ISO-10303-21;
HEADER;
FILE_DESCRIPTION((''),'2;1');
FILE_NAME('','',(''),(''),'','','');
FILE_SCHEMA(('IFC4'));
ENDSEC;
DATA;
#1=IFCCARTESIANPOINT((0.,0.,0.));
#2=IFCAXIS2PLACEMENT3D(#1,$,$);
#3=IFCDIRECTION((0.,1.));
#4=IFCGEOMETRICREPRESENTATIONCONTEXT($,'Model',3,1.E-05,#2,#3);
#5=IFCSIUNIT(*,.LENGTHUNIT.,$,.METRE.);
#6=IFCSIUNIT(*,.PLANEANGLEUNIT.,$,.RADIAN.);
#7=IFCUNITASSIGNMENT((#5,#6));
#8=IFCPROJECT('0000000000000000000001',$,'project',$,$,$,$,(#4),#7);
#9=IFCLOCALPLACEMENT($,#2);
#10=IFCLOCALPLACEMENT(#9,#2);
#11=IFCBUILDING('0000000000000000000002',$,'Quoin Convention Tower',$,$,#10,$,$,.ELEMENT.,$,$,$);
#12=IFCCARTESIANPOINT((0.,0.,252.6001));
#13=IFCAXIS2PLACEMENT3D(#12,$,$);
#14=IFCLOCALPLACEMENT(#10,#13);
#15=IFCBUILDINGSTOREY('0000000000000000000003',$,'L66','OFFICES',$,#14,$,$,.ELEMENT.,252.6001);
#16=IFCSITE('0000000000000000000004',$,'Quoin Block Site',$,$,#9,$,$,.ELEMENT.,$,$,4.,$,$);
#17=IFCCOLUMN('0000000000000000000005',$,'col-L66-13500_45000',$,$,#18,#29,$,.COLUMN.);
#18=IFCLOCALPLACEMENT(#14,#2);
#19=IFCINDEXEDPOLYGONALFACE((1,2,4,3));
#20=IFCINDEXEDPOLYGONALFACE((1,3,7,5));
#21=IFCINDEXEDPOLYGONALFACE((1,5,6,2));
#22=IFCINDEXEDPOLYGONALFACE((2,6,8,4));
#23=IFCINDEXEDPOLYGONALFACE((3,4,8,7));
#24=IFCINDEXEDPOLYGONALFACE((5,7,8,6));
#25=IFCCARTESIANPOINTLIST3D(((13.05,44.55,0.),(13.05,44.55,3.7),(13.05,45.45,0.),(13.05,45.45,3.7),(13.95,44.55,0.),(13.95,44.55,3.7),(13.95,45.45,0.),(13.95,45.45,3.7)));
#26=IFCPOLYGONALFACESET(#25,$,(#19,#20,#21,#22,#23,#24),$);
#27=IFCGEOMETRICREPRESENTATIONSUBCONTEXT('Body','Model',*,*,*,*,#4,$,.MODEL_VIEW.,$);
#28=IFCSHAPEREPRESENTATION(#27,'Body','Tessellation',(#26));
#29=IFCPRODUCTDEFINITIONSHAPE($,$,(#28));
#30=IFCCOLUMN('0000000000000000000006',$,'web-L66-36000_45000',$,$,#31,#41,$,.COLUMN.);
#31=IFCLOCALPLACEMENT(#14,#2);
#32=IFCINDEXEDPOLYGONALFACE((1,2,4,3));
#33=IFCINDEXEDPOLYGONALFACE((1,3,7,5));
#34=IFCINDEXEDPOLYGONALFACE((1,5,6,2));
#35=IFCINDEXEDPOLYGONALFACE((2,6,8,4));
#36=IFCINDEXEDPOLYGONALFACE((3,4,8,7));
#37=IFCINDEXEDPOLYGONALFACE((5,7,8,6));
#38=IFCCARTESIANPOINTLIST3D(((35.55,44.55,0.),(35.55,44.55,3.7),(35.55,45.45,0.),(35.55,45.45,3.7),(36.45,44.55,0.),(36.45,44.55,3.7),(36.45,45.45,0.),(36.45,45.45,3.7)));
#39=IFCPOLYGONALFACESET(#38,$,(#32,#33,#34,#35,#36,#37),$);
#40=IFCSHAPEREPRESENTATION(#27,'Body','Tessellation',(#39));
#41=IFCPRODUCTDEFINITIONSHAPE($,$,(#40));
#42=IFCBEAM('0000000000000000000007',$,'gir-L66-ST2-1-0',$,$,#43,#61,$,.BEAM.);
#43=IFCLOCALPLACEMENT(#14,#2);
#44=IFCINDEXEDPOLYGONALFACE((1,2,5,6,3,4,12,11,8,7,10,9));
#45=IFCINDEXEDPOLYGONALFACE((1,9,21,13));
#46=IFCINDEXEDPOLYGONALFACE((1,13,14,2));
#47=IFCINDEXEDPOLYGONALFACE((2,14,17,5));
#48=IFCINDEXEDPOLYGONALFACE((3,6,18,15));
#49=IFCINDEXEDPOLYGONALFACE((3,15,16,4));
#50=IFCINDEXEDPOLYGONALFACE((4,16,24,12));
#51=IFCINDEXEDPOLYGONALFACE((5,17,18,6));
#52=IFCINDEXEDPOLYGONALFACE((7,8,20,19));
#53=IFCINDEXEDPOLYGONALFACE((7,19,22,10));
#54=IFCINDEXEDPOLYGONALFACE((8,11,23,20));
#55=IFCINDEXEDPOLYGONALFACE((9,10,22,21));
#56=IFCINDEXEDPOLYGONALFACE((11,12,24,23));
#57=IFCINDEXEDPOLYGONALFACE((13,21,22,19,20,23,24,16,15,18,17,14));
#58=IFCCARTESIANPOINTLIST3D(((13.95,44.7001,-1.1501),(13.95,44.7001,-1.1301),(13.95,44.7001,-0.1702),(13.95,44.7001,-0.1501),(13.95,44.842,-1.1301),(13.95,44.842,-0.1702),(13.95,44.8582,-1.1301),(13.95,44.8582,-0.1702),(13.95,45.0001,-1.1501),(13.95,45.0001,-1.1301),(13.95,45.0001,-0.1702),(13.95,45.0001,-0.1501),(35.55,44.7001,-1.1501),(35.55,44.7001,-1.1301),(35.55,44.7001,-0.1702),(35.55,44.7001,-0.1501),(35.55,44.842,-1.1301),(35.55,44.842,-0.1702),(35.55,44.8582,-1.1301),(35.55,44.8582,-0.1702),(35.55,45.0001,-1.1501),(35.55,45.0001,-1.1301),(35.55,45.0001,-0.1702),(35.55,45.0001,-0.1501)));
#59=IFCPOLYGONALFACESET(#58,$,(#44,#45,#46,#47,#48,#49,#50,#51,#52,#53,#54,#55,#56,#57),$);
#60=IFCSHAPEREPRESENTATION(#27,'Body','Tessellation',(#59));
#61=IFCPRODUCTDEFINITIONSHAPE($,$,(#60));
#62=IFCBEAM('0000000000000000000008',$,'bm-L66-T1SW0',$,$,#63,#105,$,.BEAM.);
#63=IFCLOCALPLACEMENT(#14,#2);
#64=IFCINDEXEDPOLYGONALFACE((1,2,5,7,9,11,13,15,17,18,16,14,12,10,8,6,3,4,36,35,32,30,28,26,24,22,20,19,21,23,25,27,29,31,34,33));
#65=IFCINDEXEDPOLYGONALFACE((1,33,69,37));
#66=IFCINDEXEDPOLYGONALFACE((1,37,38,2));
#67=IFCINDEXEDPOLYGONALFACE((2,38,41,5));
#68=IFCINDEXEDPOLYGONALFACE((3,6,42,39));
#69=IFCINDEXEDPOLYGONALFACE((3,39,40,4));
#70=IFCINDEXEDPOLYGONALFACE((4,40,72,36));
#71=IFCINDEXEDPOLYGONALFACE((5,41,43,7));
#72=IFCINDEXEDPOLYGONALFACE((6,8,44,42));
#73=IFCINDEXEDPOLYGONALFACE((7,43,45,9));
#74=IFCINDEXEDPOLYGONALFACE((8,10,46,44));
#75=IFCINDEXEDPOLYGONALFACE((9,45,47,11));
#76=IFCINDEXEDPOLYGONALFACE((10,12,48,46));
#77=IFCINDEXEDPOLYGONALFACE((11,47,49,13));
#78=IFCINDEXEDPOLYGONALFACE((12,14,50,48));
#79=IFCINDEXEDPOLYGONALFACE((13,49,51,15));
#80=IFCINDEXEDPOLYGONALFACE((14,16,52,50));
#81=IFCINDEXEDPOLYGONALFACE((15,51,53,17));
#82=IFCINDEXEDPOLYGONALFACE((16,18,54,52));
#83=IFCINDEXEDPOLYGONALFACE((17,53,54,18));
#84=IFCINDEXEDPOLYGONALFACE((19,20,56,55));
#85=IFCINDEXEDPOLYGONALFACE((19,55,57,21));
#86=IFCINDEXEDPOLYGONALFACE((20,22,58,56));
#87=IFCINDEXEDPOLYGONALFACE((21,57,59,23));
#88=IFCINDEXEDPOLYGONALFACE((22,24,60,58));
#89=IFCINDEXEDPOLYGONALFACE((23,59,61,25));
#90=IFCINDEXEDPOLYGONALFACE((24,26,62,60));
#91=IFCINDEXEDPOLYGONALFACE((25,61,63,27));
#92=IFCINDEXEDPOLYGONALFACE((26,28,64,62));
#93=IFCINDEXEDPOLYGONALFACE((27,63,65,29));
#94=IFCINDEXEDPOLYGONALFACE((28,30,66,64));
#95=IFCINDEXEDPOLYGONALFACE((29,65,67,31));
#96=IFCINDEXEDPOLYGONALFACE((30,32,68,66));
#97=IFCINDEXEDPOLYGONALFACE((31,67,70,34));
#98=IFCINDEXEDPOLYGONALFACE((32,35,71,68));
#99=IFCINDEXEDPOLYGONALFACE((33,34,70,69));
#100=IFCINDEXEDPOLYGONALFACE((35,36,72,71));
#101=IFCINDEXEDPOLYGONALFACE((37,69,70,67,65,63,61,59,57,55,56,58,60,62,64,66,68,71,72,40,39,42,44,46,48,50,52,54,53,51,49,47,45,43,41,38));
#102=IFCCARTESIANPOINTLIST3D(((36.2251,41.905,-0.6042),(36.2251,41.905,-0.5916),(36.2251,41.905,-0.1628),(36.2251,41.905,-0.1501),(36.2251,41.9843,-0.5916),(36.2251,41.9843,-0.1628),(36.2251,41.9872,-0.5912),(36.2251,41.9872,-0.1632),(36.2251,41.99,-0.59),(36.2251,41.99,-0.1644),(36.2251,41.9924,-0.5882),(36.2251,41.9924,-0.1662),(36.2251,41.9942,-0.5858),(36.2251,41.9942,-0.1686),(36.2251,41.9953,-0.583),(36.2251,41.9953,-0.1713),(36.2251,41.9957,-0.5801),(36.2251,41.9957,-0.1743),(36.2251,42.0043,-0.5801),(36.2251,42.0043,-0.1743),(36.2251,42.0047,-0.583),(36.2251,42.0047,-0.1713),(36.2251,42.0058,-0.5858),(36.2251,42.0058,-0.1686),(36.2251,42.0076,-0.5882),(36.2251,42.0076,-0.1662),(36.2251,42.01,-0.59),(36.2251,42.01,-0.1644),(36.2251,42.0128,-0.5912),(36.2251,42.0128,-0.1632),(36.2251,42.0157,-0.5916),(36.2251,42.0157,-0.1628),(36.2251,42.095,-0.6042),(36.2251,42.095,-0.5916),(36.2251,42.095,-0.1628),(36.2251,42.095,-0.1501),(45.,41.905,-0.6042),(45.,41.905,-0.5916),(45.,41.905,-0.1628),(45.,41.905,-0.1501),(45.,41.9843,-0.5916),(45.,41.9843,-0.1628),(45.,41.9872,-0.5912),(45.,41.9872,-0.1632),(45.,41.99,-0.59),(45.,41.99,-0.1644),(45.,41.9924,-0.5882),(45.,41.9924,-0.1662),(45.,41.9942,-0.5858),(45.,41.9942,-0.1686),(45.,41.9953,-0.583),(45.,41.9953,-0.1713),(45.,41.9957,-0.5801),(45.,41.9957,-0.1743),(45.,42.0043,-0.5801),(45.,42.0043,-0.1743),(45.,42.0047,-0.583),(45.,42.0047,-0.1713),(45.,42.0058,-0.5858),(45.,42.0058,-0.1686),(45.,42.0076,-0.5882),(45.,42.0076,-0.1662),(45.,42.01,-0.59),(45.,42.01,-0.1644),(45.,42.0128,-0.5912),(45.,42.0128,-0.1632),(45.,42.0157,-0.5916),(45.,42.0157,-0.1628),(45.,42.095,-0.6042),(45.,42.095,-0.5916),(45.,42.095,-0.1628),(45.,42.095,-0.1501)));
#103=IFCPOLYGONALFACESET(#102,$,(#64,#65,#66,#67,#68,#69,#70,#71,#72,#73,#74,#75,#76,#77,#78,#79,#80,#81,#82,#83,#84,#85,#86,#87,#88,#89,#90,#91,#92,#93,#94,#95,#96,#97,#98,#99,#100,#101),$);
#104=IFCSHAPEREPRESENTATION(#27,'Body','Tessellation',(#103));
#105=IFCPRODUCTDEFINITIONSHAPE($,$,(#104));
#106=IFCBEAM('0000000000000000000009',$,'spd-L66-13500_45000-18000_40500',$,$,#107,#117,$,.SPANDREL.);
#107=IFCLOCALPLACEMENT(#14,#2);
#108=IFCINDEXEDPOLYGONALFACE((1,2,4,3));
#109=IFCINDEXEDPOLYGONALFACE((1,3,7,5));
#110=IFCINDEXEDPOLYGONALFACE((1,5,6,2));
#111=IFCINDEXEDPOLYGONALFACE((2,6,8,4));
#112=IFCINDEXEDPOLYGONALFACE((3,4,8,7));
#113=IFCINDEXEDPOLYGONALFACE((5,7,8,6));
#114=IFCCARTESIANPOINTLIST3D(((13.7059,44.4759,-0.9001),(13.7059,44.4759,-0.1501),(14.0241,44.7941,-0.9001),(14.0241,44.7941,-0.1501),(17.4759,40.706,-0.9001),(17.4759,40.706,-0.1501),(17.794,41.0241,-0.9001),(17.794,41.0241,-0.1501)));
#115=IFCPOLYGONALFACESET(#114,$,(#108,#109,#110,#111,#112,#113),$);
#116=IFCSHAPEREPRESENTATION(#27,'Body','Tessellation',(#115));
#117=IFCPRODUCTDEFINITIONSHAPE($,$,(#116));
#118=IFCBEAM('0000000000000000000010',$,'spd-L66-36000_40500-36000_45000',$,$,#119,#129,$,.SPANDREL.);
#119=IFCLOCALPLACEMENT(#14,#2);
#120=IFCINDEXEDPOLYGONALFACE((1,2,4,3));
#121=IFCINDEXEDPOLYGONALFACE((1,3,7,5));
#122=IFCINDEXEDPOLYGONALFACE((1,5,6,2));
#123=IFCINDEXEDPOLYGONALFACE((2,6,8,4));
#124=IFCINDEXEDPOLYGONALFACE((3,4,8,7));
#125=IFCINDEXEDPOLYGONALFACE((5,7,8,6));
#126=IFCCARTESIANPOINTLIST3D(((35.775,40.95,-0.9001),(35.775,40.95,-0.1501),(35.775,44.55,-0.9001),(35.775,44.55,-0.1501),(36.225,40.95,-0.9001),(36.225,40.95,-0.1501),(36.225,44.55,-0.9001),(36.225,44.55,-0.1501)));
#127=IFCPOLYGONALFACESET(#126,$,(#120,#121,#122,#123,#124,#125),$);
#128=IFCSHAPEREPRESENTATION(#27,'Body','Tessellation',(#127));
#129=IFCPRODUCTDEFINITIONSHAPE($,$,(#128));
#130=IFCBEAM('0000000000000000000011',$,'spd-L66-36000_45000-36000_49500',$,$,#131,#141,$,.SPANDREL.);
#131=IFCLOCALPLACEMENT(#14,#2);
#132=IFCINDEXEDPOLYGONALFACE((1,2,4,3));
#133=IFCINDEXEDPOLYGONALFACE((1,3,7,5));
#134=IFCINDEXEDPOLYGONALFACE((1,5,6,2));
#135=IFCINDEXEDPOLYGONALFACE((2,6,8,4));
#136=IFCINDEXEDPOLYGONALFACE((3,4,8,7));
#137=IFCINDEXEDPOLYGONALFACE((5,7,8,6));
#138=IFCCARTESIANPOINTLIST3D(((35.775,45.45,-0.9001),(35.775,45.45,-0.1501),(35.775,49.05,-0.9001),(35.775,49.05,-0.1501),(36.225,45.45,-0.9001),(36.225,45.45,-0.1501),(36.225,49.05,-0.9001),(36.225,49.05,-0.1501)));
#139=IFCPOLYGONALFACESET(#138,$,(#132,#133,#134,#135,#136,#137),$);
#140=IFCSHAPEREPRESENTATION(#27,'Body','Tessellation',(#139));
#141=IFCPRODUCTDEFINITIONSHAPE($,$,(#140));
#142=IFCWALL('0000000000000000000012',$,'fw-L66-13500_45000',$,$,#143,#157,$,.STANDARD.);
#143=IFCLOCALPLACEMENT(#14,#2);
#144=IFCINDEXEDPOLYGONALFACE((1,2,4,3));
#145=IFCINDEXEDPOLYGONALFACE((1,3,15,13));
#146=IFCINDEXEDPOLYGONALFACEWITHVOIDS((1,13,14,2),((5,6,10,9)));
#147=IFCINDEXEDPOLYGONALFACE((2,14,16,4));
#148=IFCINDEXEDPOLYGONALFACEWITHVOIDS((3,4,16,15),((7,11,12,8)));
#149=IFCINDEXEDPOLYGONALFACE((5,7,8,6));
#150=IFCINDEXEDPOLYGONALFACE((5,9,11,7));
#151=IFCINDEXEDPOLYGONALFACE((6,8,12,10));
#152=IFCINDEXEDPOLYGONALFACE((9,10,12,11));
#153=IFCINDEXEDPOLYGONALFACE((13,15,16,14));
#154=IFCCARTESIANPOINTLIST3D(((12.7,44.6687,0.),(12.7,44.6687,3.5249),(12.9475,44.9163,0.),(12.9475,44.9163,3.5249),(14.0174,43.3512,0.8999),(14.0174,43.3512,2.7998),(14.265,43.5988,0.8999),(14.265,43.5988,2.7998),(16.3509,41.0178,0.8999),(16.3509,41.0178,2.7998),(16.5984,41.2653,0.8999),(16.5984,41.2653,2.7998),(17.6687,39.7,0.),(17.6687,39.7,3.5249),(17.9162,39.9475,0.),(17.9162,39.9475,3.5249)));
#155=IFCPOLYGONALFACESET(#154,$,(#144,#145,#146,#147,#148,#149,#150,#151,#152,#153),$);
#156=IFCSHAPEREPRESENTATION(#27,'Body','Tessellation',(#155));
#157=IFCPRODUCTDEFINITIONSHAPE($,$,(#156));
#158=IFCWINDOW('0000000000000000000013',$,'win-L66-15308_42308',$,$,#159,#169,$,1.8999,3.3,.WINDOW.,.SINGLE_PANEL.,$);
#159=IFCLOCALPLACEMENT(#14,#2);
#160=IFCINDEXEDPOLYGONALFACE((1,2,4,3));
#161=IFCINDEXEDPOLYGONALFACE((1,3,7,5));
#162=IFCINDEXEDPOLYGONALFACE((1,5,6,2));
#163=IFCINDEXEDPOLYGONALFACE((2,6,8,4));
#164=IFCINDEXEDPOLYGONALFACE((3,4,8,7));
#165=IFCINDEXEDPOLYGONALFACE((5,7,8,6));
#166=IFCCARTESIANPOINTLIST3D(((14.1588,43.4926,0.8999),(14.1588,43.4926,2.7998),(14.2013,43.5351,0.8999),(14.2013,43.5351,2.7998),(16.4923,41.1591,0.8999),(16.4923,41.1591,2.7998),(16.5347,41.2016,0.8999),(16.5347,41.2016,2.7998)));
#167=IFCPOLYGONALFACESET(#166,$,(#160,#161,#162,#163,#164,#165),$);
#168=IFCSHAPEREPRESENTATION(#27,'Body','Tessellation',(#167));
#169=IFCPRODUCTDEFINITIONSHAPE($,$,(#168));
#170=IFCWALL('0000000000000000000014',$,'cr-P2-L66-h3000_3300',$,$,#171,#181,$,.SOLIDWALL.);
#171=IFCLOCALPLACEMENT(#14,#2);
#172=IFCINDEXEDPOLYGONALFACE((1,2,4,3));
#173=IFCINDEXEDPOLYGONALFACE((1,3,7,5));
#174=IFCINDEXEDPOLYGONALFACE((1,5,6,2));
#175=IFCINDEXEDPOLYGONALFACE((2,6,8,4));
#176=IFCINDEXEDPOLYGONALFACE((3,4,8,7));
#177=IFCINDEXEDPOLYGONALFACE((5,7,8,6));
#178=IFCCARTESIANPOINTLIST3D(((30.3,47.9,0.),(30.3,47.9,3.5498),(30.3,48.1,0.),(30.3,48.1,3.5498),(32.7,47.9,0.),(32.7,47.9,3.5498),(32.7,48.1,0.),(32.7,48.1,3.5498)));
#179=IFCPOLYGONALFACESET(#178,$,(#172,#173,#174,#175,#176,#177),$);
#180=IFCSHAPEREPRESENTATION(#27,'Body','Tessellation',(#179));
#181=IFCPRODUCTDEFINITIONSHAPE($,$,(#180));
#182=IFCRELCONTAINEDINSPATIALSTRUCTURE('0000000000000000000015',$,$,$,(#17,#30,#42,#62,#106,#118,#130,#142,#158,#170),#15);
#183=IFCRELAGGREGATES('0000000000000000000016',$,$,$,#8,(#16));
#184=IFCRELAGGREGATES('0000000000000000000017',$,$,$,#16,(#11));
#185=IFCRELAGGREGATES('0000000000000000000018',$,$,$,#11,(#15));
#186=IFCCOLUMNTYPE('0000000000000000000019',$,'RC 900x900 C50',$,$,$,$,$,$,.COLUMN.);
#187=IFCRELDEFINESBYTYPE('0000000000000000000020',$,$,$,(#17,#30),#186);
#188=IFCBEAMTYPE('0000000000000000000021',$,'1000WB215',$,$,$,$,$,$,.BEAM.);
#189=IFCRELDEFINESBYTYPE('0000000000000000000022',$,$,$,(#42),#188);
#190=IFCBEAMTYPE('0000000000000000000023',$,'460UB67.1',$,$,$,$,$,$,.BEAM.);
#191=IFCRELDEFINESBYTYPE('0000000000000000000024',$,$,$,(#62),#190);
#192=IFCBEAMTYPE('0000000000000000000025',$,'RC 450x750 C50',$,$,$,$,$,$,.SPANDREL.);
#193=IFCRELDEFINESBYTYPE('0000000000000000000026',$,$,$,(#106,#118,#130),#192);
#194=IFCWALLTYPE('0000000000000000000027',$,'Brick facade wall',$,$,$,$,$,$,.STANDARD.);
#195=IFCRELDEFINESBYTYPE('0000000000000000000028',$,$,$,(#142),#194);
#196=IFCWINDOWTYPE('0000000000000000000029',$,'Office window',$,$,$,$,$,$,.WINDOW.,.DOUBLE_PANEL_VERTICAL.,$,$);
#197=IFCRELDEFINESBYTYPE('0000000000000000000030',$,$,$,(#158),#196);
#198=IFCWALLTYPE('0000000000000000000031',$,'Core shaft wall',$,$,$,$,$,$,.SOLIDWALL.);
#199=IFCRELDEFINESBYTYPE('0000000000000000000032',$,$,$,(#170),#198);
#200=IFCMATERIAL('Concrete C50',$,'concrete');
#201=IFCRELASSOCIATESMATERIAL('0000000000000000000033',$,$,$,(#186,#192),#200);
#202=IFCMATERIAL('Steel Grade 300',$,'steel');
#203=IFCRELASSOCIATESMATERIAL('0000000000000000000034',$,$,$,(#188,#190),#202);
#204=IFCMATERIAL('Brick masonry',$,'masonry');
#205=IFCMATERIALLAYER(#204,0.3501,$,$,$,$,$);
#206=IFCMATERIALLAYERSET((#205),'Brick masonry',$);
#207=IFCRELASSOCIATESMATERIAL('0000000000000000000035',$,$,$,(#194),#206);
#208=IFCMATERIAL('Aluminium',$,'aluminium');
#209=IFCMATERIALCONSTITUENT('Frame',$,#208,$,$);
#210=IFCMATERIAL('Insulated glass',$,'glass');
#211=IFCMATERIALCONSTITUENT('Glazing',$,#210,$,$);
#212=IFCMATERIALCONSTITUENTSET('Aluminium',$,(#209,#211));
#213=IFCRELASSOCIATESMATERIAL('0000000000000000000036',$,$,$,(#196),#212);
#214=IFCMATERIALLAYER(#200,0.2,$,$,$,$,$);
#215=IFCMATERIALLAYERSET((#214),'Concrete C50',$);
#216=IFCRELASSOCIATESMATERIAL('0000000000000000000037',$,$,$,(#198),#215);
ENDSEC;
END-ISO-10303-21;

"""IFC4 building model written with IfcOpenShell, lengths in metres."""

from ifc_helpers import new_model, si_unit, direction, frame, frame_2d, origin, origin_2d, place, context, subcontext, project, spatial, rectangle, i_section, extrude, material, layer, layer_set, constituent, constituent_set, material_profile, profile_set, type_object, element, fill, save


model = new_model("IFC4")

# Units and contexts
model_context = context("Model", 3, precision=1e-05, world=origin(), true_north=direction((0.0, 1.0)))
body_context = subcontext(model_context, "Body", "Model", "MODEL_VIEW")
ifc_project = project(units=[si_unit("LENGTHUNIT", "METRE"), si_unit("PLANEANGLEUNIT", "RADIAN")], contexts=[model_context])

# Site, building, storey
site_placement = place(None, origin())
site = spatial("IfcSite", under=ifc_project, at=site_placement, Name="Quoin Block Site", CompositionType="ELEMENT", RefElevation=4.0)
building_placement = place(site_placement, origin())
building = spatial("IfcBuilding", under=site, at=building_placement, Name="Quoin Convention Tower", CompositionType="ELEMENT")
storey_placement = place(building_placement, frame((0.0, 0.0, 252.6001)))
storey = spatial("IfcBuildingStorey", under=building, at=storey_placement, Name="L66", Description="OFFICES", CompositionType="ELEMENT", Elevation=252.6001)

# Columns
ifc_material_1 = material(Name="Concrete C50", Category="concrete")
ifc_material_profile_1 = material_profile(ifc_material_1, rectangle(XDim=0.8999, YDim=0.8999, at=origin_2d()), Name="RC 900x900")
ifc_profile_set_1 = profile_set([ifc_material_profile_1], Name="Concrete C50")
column_type = type_object("IfcColumnType", Name="RC 900x900 C50", PredefinedType="COLUMN", material=ifc_profile_set_1)
for number, where, z_axis, x_axis, name in (
    (1, (13.5, 45.0, 0.0), (0.0, 0.0, 1.0), (1.0, 0.0, 0.0), "col-L66-13500_45000"),
    (2, (36.0, 45.0, 0.0), (0.0, 0.0, 1.0), (1.0, 0.0, 0.0), "web-L66-36000_45000"),
):
    element("IfcColumn", number, at=place(storey_placement, frame(where, z_axis=z_axis, x_axis=x_axis)), inside=storey, type_object=column_type, Name=name, PredefinedType="COLUMN", context=body_context, shape_type="SweptSolid", body=[
        extrude(rectangle(XDim=0.8999, YDim=0.8999, at=origin_2d()), origin(), (0.0, 0.0, 1.0), 3.7),
    ])

# Beams
ifc_material_2 = material(Name="Steel Grade 300", Category="steel")
ifc_material_profile_2 = material_profile(ifc_material_2, i_section(OverallWidth=0.3, OverallDepth=1.0, WebThickness=0.0161, FlangeThickness=0.02, at=origin_2d()), Name="1000WB215")
ifc_profile_set_2 = profile_set([ifc_material_profile_2], Name="Steel Grade 300")
beam_type_1 = type_object("IfcBeamType", Name="1000WB215", PredefinedType="BEAM", material=ifc_profile_set_2)
beam_1_placement = place(storey_placement, frame((13.95, 44.8501, -0.6501), z_axis=(1.0, 0.0, 0.0), x_axis=(0.0, 1.0, 0.0)))
element("IfcBeam", 3, at=beam_1_placement, inside=storey, type_object=beam_type_1, Name="gir-L66-ST2-1-0", PredefinedType="BEAM", context=body_context, shape_type="SweptSolid", body=[
    extrude(i_section(OverallWidth=0.3, OverallDepth=1.0, WebThickness=0.0161, FlangeThickness=0.02, at=origin_2d()), origin(), (0.0, 0.0, 1.0), 21.6001),
])
ifc_material_profile_3 = material_profile(ifc_material_2, i_section(OverallWidth=0.1899, OverallDepth=0.4541, WebThickness=0.0085, FlangeThickness=0.0127, FilletRadius=0.0115, at=origin_2d()), Name="460UB67.1")
ifc_profile_set_3 = profile_set([ifc_material_profile_3], Name="Steel Grade 300")
beam_type_2 = type_object("IfcBeamType", Name="460UB67.1", PredefinedType="BEAM", material=ifc_profile_set_3)
beam_2_placement = place(storey_placement, frame((36.2251, 42.0, -0.3772), z_axis=(1.0, 0.0, 0.0), x_axis=(0.0, 1.0, 0.0)))
element("IfcBeam", 4, at=beam_2_placement, inside=storey, type_object=beam_type_2, Name="bm-L66-T1SW0", PredefinedType="BEAM", context=body_context, shape_type="SweptSolid", body=[
    extrude(i_section(OverallWidth=0.1899, OverallDepth=0.4541, WebThickness=0.0085, FlangeThickness=0.0127, FilletRadius=0.0115, at=origin_2d()), origin(), (0.0, 0.0, 1.0), 8.7749),
])
ifc_material_profile_4 = material_profile(ifc_material_1, rectangle(XDim=0.45, YDim=0.75, at=origin_2d()), Name="RC 450x750")
ifc_profile_set_4 = profile_set([ifc_material_profile_4], Name="Concrete C50")
beam_type_3 = type_object("IfcBeamType", Name="RC 450x750 C50", PredefinedType="SPANDREL", material=ifc_profile_set_4)
beam_3_placement = place(storey_placement, frame((13.865, 44.635, -0.5251), z_axis=(0.707107, -0.707107, 0.0), x_axis=(0.707107, 0.707107, 0.0)))
element("IfcBeam", 5, at=beam_3_placement, inside=storey, type_object=beam_type_3, Name="spd-L66-13500_45000-18000_40500", PredefinedType="SPANDREL", context=body_context, shape_type="SweptSolid", body=[
    extrude(rectangle(XDim=0.45, YDim=0.75, at=origin_2d()), origin(), (0.0, 0.0, 1.0), 5.3315),
])
for number, where, z_axis, x_axis, name in (
    (6, (36.0, 40.95, -0.5251), (0.0, 1.0, 0.0), (-1.0, 0.0, 0.0), "spd-L66-36000_40500-36000_45000"),
    (7, (36.0, 45.45, -0.5251), (0.0, 1.0, 0.0), (-1.0, 0.0, 0.0), "spd-L66-36000_45000-36000_49500"),
):
    element("IfcBeam", number, at=place(storey_placement, frame(where, z_axis=z_axis, x_axis=x_axis)), inside=storey, type_object=beam_type_3, Name=name, PredefinedType="SPANDREL", context=body_context, shape_type="SweptSolid", body=[
        extrude(rectangle(XDim=0.45, YDim=0.75, at=origin_2d()), origin(), (0.0, 0.0, 1.0), 3.6001),
    ])

# Wall, opening, window
ifc_material_3 = material(Name="Brick masonry", Category="masonry")
ifc_layer_1 = layer(ifc_material_3, 0.3501)
ifc_layer_set_1 = layer_set([ifc_layer_1], Name="Brick masonry")
wall_type_1 = type_object("IfcWallType", Name="Brick facade wall", PredefinedType="STANDARD", material=ifc_layer_set_1)
wall_1_placement = place(storey_placement, frame((12.8237, 44.7925, 0.0), z_axis=(0.0, 0.0, 1.0), x_axis=(0.707107, -0.707107, 0.0)))
wall_1 = element("IfcWall", 8, at=wall_1_placement, inside=storey, type_object=wall_type_1, Name="fw-L66-13500_45000", PredefinedType="STANDARD", context=body_context, shape_type="SweptSolid", body=[
    extrude(rectangle(XDim=7.0269, YDim=0.3501, at=frame_2d((3.5134, 0.0))), origin(), (0.0, 0.0, 1.0), 3.5249),
])
opening_1_placement = place(wall_1_placement, frame((1.8633, 0.0, 0.8999)))
opening_1 = element("IfcOpeningElement", 9, at=opening_1_placement, cuts=wall_1, PredefinedType="OPENING", context=body_context, shape_type="SweptSolid", body=[
    extrude(rectangle(XDim=3.3, YDim=1.8999, at=frame_2d((1.6499, 0.95))), frame((0.0, 0.1851, 0.0), z_axis=(0.0, -1.0, 0.0), x_axis=(1.0, 0.0, 0.0)), (0.0, 0.0, 1.0), 0.3701),
])
ifc_material_4 = material(Name="Aluminium", Category="aluminium")
ifc_constituent_1 = constituent(ifc_material_4, Name="Frame")
ifc_material_5 = material(Name="Insulated glass", Category="glass")
ifc_constituent_2 = constituent(ifc_material_5, Name="Glazing")
ifc_constituent_set = constituent_set(constituents=[ifc_constituent_1, ifc_constituent_2], Name="Aluminium")
window_type = type_object("IfcWindowType", Name="Office window", PartitioningType="DOUBLE_PANEL_VERTICAL", PredefinedType="WINDOW", material=ifc_constituent_set)
window_placement = place(opening_1_placement, origin())
window = element("IfcWindow", 10, at=window_placement, inside=storey, type_object=window_type, Name="win-L66-15308_42308", OverallHeight=1.8999, OverallWidth=3.3, PartitioningType="SINGLE_PANEL", PredefinedType="WINDOW", context=body_context, shape_type="SweptSolid", body=[
    extrude(rectangle(XDim=3.3, YDim=1.8999, at=frame_2d((1.6499, 0.95))), frame((0.0, 0.085, 0.0), z_axis=(0.0, -1.0, 0.0), x_axis=(1.0, 0.0, 0.0)), (0.0, 0.0, 1.0), 0.0601),
])
fill(opening_1, window)

# Wall
ifc_layer_2 = layer(ifc_material_1, 0.2)
ifc_layer_set_2 = layer_set([ifc_layer_2], Name="Concrete C50")
wall_type_2 = type_object("IfcWallType", Name="Core shaft wall", PredefinedType="SOLIDWALL", material=ifc_layer_set_2)
wall_2_placement = place(storey_placement, frame((30.3, 48.0, 0.0), z_axis=(0.0, 0.0, 1.0), x_axis=(1.0, 0.0, 0.0)))
element("IfcWall", 11, at=wall_2_placement, inside=storey, type_object=wall_type_2, Name="cr-P2-L66-h3000_3300", PredefinedType="SOLIDWALL", context=body_context, shape_type="SweptSolid", body=[
    extrude(rectangle(XDim=2.3999, YDim=0.2, at=frame_2d((1.2, 0.0))), origin(), (0.0, 0.0, 1.0), 3.5498),
])

save(model, "model.ifc")
